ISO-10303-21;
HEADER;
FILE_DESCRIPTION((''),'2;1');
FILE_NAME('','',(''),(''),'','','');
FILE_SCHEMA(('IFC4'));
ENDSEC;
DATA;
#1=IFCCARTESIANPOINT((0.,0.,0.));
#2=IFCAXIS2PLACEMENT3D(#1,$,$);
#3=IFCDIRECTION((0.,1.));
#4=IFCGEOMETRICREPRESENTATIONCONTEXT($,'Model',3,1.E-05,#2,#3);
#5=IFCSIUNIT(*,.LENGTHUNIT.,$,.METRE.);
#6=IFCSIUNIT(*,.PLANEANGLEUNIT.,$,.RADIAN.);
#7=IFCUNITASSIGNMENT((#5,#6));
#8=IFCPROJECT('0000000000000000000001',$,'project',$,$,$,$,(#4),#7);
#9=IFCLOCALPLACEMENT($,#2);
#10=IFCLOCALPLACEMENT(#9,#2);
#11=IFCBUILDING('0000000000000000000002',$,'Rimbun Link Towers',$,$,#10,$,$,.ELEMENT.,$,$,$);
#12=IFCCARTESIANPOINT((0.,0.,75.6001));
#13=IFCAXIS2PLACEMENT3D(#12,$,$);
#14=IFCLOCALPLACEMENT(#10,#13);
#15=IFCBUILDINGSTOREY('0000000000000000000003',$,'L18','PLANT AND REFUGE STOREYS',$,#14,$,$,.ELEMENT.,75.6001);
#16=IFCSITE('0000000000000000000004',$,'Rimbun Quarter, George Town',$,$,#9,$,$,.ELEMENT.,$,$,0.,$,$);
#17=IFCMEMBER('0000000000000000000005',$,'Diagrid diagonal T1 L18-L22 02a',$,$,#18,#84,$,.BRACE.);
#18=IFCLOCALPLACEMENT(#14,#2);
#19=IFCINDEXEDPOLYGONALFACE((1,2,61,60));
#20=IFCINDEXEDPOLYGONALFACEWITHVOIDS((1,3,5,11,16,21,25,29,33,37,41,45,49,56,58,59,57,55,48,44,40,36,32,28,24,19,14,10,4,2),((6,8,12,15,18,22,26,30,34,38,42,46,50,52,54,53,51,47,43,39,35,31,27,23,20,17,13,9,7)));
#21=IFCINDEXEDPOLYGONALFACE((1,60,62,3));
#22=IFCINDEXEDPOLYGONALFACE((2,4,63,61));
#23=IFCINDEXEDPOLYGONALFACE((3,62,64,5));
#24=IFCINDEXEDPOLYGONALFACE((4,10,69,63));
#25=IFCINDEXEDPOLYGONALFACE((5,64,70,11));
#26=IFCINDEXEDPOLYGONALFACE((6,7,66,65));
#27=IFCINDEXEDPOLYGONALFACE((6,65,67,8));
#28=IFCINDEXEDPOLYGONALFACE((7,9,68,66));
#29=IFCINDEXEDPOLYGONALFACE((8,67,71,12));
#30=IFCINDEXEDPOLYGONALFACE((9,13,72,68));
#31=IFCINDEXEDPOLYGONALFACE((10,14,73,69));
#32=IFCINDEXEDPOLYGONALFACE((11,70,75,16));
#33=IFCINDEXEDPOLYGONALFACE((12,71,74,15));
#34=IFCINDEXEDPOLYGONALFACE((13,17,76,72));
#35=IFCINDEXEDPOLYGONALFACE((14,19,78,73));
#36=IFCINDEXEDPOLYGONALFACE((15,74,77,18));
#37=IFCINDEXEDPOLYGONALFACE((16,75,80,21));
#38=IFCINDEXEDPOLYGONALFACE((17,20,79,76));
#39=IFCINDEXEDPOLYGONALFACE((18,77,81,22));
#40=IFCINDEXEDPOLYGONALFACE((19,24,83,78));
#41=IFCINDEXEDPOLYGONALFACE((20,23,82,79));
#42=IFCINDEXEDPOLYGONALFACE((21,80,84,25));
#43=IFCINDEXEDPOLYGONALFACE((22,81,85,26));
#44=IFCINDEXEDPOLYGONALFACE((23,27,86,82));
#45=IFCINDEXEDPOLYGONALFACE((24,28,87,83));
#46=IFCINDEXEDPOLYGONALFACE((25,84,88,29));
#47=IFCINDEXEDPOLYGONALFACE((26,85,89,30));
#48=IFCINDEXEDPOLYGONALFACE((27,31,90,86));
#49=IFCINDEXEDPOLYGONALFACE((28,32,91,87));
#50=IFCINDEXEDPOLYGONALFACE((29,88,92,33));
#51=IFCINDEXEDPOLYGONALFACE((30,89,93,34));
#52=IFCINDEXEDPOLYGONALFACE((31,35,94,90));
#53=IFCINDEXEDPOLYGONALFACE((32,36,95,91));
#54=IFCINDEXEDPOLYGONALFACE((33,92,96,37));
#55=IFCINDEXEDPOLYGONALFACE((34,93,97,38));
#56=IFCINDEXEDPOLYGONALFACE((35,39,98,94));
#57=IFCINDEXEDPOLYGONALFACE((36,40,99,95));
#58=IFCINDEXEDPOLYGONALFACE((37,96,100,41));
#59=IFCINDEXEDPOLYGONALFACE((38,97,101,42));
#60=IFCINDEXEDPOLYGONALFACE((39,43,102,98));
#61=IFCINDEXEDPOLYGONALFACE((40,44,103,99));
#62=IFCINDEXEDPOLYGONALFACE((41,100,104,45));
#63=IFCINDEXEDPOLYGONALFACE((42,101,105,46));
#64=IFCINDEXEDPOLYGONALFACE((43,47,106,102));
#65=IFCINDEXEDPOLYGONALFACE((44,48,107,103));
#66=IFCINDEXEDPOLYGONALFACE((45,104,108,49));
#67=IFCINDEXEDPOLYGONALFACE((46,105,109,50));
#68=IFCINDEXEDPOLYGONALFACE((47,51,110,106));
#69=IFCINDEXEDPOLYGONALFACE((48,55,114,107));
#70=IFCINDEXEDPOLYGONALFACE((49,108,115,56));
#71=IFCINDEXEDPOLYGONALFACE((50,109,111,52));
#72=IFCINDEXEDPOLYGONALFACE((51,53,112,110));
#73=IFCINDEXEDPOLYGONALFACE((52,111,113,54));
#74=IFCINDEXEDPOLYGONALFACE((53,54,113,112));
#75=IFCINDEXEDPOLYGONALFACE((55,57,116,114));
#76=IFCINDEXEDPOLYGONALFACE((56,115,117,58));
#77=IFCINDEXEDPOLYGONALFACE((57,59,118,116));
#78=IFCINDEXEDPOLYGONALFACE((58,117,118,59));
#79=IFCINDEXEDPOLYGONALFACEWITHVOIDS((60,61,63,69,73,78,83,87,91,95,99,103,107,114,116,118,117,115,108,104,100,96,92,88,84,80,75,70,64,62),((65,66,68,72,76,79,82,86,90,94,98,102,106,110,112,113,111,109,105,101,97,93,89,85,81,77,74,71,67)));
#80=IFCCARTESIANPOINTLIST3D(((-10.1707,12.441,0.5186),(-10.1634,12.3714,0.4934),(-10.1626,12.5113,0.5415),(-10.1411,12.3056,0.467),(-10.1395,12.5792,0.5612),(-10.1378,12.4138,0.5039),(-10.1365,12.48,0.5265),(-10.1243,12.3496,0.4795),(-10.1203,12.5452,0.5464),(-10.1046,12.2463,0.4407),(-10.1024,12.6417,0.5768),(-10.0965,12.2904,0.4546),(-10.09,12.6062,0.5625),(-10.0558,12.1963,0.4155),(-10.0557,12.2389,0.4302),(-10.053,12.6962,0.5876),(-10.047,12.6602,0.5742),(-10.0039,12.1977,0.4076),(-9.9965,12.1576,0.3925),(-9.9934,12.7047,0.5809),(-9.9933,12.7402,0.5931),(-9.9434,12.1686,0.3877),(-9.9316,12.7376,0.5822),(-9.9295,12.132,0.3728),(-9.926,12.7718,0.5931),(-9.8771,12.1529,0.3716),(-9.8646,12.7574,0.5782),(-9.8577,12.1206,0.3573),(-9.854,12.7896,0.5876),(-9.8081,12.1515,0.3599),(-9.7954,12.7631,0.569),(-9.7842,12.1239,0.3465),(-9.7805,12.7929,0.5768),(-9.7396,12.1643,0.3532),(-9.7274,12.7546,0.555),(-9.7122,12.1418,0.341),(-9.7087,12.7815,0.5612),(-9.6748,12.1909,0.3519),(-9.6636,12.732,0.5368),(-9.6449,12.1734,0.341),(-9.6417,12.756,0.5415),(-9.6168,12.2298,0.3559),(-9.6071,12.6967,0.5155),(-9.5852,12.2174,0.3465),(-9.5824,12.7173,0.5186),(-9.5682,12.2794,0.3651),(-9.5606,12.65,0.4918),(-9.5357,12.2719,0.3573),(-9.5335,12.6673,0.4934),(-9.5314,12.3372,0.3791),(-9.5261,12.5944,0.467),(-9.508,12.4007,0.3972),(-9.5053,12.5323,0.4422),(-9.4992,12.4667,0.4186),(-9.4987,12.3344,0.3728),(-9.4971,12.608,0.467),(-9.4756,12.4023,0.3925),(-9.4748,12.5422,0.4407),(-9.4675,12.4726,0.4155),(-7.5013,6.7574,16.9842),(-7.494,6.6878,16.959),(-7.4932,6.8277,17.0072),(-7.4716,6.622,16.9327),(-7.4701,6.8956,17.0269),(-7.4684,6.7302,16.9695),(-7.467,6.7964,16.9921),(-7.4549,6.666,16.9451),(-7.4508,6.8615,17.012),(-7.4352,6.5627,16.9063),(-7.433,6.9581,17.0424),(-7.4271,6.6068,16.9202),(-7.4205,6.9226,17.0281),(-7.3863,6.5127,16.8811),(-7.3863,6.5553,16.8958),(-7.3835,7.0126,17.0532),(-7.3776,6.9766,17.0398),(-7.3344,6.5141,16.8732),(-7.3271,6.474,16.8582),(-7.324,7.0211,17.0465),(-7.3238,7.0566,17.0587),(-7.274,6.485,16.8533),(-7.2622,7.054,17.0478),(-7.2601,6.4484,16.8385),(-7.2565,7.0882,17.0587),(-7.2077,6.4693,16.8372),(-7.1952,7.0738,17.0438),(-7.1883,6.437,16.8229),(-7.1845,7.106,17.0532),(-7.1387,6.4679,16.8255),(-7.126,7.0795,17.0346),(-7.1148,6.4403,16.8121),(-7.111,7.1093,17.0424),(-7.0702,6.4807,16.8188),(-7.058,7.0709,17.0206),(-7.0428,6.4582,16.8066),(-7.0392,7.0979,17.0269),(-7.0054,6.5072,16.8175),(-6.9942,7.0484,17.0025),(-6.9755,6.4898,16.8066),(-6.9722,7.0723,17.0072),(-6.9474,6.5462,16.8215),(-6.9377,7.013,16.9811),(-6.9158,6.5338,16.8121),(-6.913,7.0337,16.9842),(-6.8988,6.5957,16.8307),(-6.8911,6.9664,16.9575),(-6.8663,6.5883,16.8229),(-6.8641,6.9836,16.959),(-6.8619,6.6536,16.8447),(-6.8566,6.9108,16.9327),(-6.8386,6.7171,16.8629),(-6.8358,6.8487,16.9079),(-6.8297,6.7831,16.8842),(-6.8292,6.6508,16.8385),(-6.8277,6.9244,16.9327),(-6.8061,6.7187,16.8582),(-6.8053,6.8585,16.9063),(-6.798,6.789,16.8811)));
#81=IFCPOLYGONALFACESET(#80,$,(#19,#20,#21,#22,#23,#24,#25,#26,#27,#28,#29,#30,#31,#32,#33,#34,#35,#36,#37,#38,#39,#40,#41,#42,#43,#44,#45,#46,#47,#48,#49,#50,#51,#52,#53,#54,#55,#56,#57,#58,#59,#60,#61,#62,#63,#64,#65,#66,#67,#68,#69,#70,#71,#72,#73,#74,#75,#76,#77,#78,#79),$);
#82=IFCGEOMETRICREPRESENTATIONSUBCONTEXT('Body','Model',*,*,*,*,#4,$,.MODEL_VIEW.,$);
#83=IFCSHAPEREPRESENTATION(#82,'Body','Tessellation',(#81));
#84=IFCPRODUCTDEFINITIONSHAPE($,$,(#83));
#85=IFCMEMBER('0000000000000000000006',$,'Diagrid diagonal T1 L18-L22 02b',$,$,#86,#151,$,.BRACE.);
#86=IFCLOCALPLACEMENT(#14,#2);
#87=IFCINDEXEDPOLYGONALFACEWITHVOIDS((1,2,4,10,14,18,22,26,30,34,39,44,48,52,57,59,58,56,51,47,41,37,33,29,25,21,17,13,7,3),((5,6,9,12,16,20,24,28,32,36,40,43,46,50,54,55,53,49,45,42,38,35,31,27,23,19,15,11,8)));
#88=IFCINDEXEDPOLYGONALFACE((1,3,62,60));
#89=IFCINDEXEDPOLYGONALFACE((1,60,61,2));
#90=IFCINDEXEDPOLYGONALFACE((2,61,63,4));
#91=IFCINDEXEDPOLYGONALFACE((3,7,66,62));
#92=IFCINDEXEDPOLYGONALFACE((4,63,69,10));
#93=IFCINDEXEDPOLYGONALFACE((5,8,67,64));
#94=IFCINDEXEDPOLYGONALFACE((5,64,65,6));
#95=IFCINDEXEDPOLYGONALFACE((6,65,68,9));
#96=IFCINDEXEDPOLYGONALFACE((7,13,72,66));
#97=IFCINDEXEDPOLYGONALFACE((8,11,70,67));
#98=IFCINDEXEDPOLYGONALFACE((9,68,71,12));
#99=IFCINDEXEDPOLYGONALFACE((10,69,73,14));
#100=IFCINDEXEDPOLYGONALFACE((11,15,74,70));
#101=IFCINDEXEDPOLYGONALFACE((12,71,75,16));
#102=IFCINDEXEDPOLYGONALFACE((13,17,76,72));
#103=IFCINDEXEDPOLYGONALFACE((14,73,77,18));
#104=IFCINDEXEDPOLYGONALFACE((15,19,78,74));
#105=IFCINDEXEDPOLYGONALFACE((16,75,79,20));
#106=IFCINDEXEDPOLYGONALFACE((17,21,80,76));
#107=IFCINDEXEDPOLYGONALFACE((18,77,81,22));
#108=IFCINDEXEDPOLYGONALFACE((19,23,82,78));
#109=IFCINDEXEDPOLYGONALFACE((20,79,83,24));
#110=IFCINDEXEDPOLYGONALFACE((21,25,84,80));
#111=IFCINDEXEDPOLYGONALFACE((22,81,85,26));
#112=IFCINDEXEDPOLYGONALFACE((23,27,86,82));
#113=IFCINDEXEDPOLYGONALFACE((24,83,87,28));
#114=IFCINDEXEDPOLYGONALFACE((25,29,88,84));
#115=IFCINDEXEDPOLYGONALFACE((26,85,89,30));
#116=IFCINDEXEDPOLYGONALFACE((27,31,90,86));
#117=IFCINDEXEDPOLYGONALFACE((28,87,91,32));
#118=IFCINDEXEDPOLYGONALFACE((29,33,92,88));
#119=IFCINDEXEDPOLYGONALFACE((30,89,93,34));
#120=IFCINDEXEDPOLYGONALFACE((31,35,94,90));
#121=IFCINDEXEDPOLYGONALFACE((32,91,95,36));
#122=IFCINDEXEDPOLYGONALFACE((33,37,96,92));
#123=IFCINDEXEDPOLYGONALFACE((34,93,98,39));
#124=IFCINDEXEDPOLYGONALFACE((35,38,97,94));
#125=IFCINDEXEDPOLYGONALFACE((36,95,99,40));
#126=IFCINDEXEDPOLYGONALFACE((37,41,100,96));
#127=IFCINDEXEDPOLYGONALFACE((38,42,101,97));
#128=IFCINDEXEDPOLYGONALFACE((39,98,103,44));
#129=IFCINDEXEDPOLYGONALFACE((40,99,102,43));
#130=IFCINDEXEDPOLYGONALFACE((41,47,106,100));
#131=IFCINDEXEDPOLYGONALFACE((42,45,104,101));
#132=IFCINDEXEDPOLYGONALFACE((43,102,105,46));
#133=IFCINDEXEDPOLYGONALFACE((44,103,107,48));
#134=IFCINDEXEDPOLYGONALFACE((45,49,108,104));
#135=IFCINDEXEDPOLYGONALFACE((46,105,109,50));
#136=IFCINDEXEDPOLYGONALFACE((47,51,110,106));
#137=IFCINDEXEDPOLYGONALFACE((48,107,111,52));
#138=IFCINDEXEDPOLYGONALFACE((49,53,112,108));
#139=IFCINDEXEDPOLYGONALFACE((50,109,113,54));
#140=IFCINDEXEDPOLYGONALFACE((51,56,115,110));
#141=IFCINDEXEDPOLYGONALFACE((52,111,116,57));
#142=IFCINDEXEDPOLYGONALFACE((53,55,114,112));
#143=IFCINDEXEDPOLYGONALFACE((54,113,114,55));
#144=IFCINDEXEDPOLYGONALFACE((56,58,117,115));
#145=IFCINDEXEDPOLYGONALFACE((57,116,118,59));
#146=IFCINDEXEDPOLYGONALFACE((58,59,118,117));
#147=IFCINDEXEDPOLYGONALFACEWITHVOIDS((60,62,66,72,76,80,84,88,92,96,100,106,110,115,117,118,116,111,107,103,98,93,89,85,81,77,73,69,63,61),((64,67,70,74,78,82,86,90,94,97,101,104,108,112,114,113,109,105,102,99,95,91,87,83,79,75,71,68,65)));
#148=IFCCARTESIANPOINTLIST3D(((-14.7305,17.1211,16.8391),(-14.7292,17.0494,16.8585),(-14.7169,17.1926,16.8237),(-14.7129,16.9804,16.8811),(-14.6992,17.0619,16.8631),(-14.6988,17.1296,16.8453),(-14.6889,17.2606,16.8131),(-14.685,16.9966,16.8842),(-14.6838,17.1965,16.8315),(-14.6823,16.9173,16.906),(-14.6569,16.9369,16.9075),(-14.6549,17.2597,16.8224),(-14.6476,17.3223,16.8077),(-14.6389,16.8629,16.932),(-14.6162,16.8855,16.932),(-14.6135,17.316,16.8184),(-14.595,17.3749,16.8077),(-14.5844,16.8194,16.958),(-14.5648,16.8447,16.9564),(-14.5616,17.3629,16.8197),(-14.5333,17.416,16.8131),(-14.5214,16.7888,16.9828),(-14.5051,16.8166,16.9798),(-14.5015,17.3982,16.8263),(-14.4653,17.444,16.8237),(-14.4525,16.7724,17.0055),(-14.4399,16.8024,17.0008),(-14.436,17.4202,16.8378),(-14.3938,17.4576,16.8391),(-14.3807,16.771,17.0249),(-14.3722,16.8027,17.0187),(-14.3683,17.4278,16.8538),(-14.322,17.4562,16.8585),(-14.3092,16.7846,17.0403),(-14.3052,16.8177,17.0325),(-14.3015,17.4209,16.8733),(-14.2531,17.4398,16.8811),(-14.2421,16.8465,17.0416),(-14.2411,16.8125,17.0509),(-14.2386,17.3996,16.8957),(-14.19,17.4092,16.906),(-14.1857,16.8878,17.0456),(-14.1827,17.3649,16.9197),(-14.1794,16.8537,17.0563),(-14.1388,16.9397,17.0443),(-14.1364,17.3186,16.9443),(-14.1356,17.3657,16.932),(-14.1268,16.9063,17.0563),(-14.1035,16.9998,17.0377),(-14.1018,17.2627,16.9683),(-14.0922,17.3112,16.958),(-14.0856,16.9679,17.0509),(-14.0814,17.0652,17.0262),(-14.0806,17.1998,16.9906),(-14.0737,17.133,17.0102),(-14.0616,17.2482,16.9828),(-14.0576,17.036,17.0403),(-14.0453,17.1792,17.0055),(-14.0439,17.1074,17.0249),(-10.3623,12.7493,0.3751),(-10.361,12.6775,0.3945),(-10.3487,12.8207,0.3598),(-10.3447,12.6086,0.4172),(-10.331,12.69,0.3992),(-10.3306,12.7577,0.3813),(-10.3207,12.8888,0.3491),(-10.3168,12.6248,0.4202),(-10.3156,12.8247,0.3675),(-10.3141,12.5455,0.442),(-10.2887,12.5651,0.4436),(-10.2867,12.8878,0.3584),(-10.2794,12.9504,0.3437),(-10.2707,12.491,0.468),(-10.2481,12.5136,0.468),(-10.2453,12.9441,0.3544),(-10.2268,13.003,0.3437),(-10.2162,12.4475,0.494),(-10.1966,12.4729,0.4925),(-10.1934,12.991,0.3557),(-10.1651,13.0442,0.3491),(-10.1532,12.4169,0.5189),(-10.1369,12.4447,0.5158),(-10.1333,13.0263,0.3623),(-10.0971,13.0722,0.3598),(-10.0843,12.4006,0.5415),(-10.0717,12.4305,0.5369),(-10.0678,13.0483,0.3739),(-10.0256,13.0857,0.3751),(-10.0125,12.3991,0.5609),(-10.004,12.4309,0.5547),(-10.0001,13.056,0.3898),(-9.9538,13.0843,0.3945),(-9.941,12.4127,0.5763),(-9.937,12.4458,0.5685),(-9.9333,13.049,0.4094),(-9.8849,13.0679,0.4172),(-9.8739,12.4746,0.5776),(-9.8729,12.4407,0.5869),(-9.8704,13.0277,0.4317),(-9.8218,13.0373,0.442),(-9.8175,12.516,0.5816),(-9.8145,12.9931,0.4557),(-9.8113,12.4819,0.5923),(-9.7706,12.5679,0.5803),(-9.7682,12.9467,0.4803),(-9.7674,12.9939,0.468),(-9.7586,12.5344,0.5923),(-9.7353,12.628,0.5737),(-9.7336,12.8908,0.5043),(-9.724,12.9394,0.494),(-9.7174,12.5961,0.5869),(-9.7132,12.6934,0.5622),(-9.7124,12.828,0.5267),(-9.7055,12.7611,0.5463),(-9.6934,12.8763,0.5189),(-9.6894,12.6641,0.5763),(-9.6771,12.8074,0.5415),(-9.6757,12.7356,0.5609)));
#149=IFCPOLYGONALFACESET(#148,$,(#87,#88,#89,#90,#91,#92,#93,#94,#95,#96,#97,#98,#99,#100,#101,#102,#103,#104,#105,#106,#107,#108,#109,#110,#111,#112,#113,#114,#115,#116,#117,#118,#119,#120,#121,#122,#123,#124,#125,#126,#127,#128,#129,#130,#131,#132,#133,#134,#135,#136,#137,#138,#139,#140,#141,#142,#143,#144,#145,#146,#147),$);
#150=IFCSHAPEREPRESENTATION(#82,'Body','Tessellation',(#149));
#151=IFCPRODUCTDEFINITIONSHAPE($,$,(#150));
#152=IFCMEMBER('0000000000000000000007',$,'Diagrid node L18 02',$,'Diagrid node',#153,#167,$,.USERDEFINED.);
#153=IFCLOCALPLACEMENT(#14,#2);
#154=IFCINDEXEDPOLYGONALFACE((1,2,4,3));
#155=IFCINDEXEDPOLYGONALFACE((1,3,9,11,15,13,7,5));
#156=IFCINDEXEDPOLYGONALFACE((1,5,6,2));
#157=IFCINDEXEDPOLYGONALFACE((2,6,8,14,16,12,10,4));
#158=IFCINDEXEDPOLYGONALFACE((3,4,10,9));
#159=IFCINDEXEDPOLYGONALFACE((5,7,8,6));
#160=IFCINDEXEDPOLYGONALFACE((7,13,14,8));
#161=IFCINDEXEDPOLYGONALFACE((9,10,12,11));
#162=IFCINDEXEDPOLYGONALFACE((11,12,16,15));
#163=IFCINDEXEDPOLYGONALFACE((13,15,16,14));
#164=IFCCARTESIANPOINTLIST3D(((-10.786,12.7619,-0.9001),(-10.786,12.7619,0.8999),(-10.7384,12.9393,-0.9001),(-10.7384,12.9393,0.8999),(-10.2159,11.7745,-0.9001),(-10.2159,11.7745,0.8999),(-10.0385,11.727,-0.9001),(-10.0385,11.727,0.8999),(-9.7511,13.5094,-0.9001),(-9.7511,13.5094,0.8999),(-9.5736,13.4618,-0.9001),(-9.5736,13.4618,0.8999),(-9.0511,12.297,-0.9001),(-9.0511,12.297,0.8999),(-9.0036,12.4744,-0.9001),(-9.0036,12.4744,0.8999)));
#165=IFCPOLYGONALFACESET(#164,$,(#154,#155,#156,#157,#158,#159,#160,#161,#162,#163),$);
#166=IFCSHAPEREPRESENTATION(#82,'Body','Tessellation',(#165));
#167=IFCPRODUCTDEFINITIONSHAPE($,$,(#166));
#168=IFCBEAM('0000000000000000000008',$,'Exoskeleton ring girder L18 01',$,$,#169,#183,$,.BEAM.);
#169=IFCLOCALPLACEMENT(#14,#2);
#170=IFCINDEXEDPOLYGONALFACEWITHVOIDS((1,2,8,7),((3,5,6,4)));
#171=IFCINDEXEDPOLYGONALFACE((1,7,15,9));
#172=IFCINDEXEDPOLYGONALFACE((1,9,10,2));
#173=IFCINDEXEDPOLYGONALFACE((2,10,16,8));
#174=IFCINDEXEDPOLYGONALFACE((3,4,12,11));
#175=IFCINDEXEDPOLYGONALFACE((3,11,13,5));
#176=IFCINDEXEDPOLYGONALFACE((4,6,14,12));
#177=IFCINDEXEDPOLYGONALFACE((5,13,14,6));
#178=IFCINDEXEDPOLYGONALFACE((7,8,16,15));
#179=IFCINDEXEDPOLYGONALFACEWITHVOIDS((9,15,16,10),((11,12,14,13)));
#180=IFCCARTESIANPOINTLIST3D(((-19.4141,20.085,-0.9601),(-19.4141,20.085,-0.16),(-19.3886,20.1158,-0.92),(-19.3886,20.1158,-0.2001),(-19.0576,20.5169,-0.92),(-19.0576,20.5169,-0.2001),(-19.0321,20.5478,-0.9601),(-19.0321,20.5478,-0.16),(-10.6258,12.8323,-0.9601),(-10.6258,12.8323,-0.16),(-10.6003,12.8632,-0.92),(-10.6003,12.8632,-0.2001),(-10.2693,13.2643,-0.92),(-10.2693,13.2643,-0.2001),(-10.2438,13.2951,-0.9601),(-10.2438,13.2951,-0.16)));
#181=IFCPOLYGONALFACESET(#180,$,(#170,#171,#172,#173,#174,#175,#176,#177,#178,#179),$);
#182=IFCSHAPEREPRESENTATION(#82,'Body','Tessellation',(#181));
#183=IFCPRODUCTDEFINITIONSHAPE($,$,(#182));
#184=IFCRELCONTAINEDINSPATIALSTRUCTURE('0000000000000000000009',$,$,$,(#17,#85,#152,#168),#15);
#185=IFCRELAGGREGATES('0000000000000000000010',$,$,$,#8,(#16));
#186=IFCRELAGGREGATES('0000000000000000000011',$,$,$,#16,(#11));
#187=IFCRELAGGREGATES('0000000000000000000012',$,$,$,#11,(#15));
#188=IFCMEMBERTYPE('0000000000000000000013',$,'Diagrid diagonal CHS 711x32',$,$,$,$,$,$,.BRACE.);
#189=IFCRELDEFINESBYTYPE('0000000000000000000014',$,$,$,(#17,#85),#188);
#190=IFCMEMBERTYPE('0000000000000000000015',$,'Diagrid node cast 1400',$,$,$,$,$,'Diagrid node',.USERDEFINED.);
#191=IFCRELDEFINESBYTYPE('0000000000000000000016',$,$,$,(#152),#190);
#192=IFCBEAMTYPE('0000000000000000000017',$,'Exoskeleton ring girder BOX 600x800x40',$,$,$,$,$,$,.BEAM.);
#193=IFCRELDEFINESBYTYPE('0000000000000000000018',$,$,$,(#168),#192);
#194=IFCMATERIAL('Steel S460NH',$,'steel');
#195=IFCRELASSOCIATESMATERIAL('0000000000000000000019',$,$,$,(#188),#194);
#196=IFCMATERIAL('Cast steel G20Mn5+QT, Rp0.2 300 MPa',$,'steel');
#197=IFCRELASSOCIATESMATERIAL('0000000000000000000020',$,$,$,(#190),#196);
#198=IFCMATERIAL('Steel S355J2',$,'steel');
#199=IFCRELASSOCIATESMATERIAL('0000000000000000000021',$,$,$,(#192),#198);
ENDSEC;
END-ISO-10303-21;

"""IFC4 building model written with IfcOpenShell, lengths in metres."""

from ifc_helpers import new_model, si_unit, direction, frame, origin, origin_2d, place, context, subcontext, project, spatial, polyline, hollow_rectangle, hollow_circle, outline, extrude, material, material_profile, profile_set, type_object, element, save


model = new_model("IFC4")

# Units and contexts
model_context = context("Model", 3, precision=1e-05, world=origin(), true_north=direction((0.0, 1.0)))
body_context = subcontext(model_context, "Body", "Model", "MODEL_VIEW")
ifc_project = project(units=[si_unit("LENGTHUNIT", "METRE"), si_unit("PLANEANGLEUNIT", "RADIAN")], contexts=[model_context])

# Site, building, storey
site_placement = place(None, origin())
site = spatial("IfcSite", under=ifc_project, at=site_placement, Name="Rimbun Quarter, George Town", CompositionType="ELEMENT", RefElevation=0.0)
building_placement = place(site_placement, origin())
building = spatial("IfcBuilding", under=site, at=building_placement, Name="Rimbun Link Towers", CompositionType="ELEMENT")
storey_placement = place(building_placement, frame((0.0, 0.0, 75.6001)))
storey = spatial("IfcBuildingStorey", under=building, at=storey_placement, Name="L18", Description="PLANT AND REFUGE STOREYS", CompositionType="ELEMENT", Elevation=75.6001)

# Members
ifc_material_1 = material(Name="Steel S460NH", Category="steel")
ifc_material_profile_1 = material_profile(ifc_material_1, hollow_circle(Radius=0.3557, WallThickness=0.032, at=origin_2d()), Name="Diagrid diagonal CHS 711x32")
ifc_profile_set_1 = profile_set([ifc_material_profile_1], Name="Steel S460NH")
member_type_1 = type_object("IfcMemberType", Name="Diagrid diagonal CHS 711x32", PredefinedType="BRACE", material=ifc_profile_set_1)
member_1_placement = place(storey_placement, frame((-9.8191, 12.4568, 0.467), z_axis=(0.151481, -0.322523, 0.934362), x_axis=(0.905137, 0.425119, 0.0)))
element("IfcMember", 1, at=member_1_placement, inside=storey, type_object=member_type_1, Name="Diagrid diagonal T1 L18-L22 02a", PredefinedType="BRACE", context=body_context, shape_type="SweptSolid", body=[
    extrude(hollow_circle(Radius=0.3557, WallThickness=0.032, at=origin_2d()), origin(), (0.0, 0.0, 1.0), 17.6223),
])
member_2_placement = place(storey_placement, frame((-10.019, 12.7424, 0.468), z_axis=(-0.248395, 0.248603, 0.936214), x_axis=(-0.707403, -0.70681, 0.0)))
element("IfcMember", 2, at=member_2_placement, inside=storey, type_object=member_type_1, Name="Diagrid diagonal T1 L18-L22 02b", PredefinedType="BRACE", context=body_context, shape_type="SweptSolid", body=[
    extrude(hollow_circle(Radius=0.3557, WallThickness=0.032, at=origin_2d()), origin(), (0.0, 0.0, 1.0), 17.5857),
])
ifc_material_2 = material(Name="Cast steel G20Mn5+QT, Rp0.2 300 MPa", Category="steel")
ifc_material_profile_2 = material_profile(ifc_material_2, outline(polyline([(0.7, -0.5701), (0.7, 0.5701), (0.5701, 0.7), (-0.5701, 0.7), (-0.7, 0.5701), (-0.7, -0.5701), (-0.5701, -0.7), (0.5701, -0.7), (0.7, -0.5701)])), Name="NODE 1400x1400")
ifc_profile_set_2 = profile_set([ifc_material_profile_2], Name="Cast steel G20Mn5+QT, Rp0.2 300 MPa")
member_type_2 = type_object("IfcMemberType", Name="Diagrid node cast 1400", ElementType="Diagrid node", PredefinedType="USERDEFINED", material=ifc_profile_set_2)
member_3_placement = place(storey_placement, frame((-9.8948, 12.6182, -0.9001), z_axis=(0.0, 0.0, 1.0), x_axis=(0.866025, 0.5, 0.0)))
element("IfcMember", 3, at=member_3_placement, inside=storey, type_object=member_type_2, Name="Diagrid node L18 02", ObjectType="Diagrid node", PredefinedType="USERDEFINED", context=body_context, shape_type="SweptSolid", body=[
    extrude(outline(polyline([(0.7, -0.5701), (0.7, 0.5701), (0.5701, 0.7), (-0.5701, 0.7), (-0.7, 0.5701), (-0.7, -0.5701), (-0.5701, -0.7), (0.5701, -0.7), (0.7, -0.5701)])), origin(), (0.0, 0.0, 1.0), 1.8),
])

# Beam
ifc_material_3 = material(Name="Steel S355J2", Category="steel")
ifc_material_profile_3 = material_profile(ifc_material_3, hollow_rectangle(XDim=0.6001, YDim=0.8, WallThickness=0.04, at=origin_2d()), Name="Exoskeleton ring girder BOX 600x800x40")
ifc_profile_set_3 = profile_set([ifc_material_profile_3], Name="Steel S355J2")
beam_type_1 = type_object("IfcBeamType", Name="Exoskeleton ring girder BOX 600x800x40", PredefinedType="BEAM", material=ifc_profile_set_3)
beam_1_placement = place(storey_placement, frame((-10.4348, 13.0637, -0.5601), z_axis=(-0.771274, 0.636504, 0.0), x_axis=(-0.636504, -0.771274, 0.0)))
element("IfcBeam", 4, at=beam_1_placement, inside=storey, type_object=beam_type_1, Name="Exoskeleton ring girder L18 01", PredefinedType="BEAM", context=body_context, shape_type="SweptSolid", body=[
    extrude(hollow_rectangle(XDim=0.6001, YDim=0.8, WallThickness=0.04, at=origin_2d()), origin(), (0.0, 0.0, 1.0), 11.3945),
])

save(model, "model.ifc")
